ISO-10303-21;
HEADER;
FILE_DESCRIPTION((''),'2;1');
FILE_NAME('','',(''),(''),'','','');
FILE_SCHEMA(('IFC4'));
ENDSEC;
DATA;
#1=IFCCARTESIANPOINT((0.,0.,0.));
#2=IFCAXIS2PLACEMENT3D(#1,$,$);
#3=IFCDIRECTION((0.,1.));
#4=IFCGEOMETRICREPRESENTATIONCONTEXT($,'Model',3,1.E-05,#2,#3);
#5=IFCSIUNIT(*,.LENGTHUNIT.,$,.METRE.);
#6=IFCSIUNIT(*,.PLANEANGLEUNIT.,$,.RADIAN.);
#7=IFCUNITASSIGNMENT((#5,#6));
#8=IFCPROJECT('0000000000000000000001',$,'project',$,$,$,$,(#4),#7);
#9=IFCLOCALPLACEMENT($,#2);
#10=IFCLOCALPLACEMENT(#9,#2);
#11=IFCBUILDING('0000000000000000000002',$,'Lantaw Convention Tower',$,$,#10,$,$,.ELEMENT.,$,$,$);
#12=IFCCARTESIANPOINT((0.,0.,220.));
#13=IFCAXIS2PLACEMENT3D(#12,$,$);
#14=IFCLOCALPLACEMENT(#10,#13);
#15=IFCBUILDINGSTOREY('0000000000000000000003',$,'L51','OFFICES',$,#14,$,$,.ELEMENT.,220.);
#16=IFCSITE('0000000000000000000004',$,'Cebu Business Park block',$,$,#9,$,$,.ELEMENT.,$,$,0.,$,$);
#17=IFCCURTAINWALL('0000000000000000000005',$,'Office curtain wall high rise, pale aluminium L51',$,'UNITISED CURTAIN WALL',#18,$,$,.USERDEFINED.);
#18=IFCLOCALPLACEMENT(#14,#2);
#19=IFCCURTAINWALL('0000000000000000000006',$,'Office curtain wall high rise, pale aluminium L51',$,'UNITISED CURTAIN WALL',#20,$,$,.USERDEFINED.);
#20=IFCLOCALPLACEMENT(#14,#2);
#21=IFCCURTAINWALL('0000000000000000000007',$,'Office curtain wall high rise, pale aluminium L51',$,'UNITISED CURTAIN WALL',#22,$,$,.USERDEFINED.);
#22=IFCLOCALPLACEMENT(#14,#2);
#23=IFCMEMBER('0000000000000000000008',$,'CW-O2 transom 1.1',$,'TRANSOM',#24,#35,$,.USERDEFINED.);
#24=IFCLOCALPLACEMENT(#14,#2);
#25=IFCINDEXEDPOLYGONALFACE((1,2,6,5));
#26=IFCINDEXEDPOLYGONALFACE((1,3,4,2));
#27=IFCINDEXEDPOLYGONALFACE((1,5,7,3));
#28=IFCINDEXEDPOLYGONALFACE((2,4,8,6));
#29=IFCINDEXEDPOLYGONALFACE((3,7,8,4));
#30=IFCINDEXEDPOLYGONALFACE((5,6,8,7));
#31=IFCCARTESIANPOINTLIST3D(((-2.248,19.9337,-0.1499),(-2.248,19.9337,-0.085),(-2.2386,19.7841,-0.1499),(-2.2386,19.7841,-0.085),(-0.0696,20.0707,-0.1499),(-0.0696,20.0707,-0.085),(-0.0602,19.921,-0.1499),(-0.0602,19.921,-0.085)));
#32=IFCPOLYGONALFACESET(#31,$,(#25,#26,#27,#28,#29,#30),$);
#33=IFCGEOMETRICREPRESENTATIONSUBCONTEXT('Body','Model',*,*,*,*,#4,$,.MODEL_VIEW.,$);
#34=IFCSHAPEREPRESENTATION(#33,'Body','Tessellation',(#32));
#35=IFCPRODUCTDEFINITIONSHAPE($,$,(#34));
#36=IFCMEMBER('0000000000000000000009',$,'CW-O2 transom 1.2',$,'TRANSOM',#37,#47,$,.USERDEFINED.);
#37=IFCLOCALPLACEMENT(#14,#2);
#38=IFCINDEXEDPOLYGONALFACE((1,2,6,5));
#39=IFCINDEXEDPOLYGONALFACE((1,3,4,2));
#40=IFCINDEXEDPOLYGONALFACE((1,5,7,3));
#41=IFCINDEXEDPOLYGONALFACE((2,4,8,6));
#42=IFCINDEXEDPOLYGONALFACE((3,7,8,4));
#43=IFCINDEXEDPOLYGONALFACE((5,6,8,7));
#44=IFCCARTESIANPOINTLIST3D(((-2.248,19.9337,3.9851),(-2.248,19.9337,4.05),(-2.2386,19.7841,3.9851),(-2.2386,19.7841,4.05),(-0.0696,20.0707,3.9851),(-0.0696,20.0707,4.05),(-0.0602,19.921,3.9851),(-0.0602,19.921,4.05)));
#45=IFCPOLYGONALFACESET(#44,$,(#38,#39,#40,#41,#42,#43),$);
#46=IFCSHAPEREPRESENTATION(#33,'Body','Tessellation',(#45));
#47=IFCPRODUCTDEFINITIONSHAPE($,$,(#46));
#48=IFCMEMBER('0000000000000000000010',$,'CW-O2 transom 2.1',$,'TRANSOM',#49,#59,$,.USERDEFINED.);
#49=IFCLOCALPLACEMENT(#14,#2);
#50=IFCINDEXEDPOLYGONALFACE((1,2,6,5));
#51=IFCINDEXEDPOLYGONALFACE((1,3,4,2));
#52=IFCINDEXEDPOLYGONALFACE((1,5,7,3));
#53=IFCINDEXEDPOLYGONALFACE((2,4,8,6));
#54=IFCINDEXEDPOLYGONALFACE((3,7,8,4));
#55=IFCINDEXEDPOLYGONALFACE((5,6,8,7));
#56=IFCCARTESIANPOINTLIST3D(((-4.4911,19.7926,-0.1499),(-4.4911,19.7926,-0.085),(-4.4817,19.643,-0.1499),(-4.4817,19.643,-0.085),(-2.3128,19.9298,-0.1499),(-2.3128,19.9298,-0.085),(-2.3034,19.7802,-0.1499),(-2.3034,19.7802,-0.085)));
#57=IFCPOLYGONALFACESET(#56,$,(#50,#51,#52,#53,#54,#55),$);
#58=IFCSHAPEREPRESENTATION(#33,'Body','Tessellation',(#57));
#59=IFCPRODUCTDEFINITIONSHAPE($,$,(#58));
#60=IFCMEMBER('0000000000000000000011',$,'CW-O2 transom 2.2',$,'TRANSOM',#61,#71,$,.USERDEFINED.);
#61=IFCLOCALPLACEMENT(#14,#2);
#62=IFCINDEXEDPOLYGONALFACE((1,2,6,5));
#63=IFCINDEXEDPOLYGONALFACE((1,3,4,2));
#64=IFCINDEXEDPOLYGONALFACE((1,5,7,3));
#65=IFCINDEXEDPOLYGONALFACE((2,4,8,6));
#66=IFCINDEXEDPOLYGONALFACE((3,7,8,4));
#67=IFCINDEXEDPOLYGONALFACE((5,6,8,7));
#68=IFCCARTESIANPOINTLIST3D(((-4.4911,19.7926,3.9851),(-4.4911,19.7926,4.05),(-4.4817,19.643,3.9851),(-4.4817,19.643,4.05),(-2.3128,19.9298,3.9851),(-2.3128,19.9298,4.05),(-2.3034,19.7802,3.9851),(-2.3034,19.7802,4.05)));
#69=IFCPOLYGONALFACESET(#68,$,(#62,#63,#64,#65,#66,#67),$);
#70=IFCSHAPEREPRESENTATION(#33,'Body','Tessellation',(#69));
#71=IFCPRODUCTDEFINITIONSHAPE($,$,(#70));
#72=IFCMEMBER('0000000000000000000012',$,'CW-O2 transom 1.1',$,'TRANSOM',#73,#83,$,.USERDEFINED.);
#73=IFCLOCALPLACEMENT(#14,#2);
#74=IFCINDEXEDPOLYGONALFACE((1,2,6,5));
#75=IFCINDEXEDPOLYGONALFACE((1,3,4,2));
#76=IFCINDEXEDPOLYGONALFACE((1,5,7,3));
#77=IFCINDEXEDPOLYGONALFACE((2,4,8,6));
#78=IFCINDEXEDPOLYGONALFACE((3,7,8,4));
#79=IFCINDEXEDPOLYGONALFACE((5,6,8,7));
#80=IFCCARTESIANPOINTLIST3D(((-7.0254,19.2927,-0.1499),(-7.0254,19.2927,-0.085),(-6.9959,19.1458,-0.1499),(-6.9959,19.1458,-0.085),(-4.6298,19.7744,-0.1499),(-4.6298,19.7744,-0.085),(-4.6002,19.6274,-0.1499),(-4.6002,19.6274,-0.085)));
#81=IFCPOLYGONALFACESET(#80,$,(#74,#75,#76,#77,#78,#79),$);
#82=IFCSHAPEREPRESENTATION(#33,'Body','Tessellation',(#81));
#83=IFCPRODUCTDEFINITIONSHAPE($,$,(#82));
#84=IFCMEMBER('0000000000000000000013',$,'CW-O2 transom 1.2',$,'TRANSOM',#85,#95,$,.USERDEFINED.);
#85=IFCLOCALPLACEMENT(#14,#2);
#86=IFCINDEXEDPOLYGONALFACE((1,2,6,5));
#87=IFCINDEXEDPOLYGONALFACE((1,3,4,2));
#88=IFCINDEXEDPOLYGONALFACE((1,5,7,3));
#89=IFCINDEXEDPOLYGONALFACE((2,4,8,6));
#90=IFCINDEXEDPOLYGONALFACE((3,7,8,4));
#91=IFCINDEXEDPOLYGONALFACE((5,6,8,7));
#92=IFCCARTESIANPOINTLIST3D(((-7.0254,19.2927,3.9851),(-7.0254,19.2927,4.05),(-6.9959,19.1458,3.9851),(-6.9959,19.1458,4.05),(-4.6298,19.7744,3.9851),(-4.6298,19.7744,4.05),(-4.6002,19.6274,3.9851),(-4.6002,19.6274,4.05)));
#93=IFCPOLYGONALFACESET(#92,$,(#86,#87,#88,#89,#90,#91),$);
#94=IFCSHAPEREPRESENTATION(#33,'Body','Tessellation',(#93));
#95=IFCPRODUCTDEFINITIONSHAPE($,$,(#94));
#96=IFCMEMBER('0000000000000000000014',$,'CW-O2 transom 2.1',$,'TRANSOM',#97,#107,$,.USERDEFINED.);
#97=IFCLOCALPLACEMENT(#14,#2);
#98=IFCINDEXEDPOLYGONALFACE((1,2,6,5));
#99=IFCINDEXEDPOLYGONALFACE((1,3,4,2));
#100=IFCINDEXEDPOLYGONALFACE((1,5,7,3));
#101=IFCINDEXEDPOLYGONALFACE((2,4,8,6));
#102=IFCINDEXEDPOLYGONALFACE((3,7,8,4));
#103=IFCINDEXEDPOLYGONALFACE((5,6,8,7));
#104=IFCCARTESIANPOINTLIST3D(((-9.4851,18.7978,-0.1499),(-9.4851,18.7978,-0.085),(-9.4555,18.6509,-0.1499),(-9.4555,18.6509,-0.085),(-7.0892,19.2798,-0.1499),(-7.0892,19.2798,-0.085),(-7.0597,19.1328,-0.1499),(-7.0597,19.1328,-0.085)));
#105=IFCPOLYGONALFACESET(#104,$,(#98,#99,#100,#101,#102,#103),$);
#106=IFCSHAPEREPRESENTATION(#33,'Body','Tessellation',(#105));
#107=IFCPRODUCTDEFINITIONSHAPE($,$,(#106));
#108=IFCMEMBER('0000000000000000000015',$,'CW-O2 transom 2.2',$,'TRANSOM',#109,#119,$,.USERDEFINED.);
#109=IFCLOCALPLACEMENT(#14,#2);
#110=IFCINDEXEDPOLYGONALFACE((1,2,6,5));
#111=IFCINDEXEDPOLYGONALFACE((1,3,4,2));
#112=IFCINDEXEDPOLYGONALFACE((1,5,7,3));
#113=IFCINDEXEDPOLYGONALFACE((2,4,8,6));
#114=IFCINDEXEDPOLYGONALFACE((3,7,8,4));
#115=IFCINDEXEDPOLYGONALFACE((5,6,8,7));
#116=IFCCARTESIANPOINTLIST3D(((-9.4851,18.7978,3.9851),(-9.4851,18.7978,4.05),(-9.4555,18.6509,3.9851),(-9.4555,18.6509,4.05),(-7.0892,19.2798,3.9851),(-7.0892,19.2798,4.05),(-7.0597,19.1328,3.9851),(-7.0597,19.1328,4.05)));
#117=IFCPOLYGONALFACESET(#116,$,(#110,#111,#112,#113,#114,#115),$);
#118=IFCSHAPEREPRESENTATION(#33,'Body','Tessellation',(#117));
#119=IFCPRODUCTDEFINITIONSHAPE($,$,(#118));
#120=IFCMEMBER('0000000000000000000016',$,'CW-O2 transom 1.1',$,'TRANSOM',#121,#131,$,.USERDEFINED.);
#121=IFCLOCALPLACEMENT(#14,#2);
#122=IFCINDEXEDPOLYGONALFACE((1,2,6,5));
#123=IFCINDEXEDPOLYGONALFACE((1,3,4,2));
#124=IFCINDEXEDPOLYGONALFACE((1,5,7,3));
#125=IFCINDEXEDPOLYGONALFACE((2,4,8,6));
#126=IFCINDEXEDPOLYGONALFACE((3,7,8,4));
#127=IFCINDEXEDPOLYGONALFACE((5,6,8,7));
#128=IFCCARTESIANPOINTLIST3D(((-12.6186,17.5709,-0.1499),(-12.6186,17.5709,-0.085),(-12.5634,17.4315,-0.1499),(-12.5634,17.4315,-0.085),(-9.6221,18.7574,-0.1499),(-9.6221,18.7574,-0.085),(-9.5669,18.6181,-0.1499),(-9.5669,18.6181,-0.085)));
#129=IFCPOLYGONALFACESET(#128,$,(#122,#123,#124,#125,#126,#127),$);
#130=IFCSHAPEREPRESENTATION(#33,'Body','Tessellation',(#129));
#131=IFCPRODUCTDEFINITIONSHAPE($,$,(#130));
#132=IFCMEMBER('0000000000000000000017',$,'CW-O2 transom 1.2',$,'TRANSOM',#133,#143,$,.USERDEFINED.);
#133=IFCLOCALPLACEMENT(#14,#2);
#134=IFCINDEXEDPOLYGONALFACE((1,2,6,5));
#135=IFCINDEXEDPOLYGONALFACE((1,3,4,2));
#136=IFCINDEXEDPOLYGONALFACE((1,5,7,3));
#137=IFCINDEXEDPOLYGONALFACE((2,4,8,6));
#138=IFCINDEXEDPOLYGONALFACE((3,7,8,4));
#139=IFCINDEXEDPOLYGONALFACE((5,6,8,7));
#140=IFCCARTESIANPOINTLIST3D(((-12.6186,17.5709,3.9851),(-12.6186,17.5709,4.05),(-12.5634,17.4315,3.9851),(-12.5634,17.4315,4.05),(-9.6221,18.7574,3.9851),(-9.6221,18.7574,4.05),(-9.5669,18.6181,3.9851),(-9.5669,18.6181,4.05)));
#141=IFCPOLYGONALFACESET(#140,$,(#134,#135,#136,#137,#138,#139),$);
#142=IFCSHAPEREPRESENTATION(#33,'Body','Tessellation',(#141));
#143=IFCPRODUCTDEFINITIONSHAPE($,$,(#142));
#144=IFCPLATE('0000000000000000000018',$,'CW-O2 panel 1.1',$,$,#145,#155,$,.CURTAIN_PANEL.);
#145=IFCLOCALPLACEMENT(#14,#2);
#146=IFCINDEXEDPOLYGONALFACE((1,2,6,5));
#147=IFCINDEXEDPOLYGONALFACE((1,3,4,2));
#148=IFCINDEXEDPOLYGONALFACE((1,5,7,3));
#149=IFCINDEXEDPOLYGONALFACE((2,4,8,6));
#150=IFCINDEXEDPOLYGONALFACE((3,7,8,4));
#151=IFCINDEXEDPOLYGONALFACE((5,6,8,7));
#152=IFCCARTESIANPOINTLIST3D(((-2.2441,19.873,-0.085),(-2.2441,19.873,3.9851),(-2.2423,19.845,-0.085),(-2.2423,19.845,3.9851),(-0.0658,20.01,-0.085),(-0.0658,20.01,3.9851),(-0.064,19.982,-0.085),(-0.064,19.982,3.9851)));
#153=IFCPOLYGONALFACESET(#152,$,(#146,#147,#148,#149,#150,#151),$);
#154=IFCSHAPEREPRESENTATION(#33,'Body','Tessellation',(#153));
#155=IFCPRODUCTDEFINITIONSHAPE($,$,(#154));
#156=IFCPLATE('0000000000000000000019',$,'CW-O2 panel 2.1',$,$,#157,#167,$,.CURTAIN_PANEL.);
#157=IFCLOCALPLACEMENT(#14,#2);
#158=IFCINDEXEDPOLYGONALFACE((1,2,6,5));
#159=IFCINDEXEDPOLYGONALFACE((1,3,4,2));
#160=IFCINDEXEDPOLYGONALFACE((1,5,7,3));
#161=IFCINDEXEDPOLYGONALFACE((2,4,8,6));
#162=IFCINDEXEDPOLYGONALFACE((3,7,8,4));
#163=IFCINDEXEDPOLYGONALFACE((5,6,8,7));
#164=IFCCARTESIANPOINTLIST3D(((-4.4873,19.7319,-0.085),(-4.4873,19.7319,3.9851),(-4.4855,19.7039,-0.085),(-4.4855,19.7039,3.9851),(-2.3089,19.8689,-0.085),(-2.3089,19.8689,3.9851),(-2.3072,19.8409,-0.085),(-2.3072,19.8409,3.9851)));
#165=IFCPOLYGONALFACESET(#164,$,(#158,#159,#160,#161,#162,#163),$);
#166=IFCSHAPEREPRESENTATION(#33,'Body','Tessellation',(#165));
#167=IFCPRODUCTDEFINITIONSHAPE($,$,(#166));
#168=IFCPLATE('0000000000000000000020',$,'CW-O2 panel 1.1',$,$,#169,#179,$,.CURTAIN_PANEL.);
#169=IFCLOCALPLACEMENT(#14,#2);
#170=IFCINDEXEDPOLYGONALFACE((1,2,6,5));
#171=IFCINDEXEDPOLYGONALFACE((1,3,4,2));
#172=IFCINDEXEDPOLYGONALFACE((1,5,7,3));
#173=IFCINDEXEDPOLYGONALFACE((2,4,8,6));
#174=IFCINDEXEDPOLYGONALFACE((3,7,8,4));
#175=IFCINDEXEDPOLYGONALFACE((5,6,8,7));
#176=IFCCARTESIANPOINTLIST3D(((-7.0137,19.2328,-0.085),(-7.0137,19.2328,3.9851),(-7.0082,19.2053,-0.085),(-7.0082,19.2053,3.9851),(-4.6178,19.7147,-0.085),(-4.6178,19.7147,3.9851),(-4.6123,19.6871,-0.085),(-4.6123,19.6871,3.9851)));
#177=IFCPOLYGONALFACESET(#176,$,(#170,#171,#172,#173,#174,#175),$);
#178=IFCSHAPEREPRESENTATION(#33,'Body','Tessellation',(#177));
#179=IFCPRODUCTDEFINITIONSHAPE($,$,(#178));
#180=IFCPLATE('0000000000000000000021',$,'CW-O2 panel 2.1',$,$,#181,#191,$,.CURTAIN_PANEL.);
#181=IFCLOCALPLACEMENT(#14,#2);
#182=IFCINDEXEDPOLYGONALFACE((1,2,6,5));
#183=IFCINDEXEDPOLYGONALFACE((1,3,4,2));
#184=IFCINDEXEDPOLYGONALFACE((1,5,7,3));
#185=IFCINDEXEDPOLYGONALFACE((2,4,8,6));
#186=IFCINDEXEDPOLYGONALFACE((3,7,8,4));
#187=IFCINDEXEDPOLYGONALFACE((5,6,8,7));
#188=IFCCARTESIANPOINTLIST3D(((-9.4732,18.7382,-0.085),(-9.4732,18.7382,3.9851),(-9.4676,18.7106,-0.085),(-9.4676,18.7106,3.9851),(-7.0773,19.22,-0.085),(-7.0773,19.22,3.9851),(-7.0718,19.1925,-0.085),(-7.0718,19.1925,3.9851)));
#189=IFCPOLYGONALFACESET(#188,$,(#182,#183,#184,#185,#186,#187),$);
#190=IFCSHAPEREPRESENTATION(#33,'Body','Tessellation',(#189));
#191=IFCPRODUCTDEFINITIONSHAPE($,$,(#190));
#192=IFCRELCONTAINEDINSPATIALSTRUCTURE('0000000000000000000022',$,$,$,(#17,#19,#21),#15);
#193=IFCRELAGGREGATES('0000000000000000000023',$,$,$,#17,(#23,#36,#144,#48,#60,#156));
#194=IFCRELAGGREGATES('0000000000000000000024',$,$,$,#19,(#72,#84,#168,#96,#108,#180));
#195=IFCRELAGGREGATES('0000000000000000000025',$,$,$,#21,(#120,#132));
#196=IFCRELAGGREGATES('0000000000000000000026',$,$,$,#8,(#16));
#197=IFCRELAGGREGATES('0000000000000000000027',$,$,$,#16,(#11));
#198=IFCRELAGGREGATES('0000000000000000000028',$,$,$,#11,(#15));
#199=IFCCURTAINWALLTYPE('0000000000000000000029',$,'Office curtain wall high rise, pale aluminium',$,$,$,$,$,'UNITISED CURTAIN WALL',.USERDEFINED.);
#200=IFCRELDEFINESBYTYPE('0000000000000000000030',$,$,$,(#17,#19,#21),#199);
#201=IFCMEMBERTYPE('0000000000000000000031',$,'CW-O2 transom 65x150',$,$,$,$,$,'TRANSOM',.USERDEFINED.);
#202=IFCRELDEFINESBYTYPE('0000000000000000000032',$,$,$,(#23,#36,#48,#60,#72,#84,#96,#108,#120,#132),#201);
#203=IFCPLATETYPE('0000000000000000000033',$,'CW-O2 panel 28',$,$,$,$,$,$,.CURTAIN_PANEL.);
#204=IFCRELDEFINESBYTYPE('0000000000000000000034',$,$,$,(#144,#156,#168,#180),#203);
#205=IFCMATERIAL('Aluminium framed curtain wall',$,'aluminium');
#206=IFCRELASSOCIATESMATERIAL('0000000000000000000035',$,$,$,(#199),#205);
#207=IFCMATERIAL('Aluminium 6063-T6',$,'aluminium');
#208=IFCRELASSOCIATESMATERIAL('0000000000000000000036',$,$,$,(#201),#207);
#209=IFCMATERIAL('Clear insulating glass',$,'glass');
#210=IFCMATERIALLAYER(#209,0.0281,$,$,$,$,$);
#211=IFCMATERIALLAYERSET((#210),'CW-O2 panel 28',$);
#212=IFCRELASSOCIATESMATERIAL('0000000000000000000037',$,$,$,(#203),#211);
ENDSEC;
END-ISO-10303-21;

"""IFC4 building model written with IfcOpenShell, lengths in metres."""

from ifc_helpers import new_model, si_unit, direction, frame, origin, origin_2d, place, context, subcontext, project, spatial, rectangle, extrude, material, layer, layer_set, material_profile, profile_set, type_object, element, aggregate, save


model = new_model("IFC4")

# Units and contexts
model_context = context("Model", 3, precision=1e-05, world=origin(), true_north=direction((0.0, 1.0)))
body_context = subcontext(model_context, "Body", "Model", "MODEL_VIEW")
ifc_project = project(units=[si_unit("LENGTHUNIT", "METRE"), si_unit("PLANEANGLEUNIT", "RADIAN")], contexts=[model_context])

# Site, building, storey
site_placement = place(None, origin())
site = spatial("IfcSite", under=ifc_project, at=site_placement, Name="Cebu Business Park block", CompositionType="ELEMENT", RefElevation=0.0)
building_placement = place(site_placement, origin())
building = spatial("IfcBuilding", under=site, at=building_placement, Name="Lantaw Convention Tower", CompositionType="ELEMENT")
storey_placement = place(building_placement, frame((0.0, 0.0, 220.0)))
storey = spatial("IfcBuildingStorey", under=building, at=storey_placement, Name="L51", Description="OFFICES", CompositionType="ELEMENT", Elevation=220.0)

# Curtain walls
ifc_material_1 = material(Name="Aluminium framed curtain wall", Category="aluminium")
curtain_wall_type = type_object("IfcCurtainWallType", Name="Office curtain wall high rise, pale aluminium", ElementType="UNITISED CURTAIN WALL", PredefinedType="USERDEFINED", material=ifc_material_1)
curtain_wall_1_placement = place(storey_placement, origin())
curtain_wall_1 = element("IfcCurtainWall", 1, at=curtain_wall_1_placement, inside=storey, type_object=curtain_wall_type, Name="Office curtain wall high rise, pale aluminium L51", ObjectType="UNITISED CURTAIN WALL", PredefinedType="USERDEFINED")
ifc_material_2 = material(Name="Aluminium 6063-T6", Category="aluminium")
curtain_wall_2_placement = place(storey_placement, origin())
curtain_wall_2 = element("IfcCurtainWall", 2, at=curtain_wall_2_placement, inside=storey, type_object=curtain_wall_type, Name="Office curtain wall high rise, pale aluminium L51", ObjectType="UNITISED CURTAIN WALL", PredefinedType="USERDEFINED")

# Curtain wall
curtain_wall_3_placement = place(storey_placement, origin())
curtain_wall_3 = element("IfcCurtainWall", 3, at=curtain_wall_3_placement, inside=storey, type_object=curtain_wall_type, Name="Office curtain wall high rise, pale aluminium L51", ObjectType="UNITISED CURTAIN WALL", PredefinedType="USERDEFINED")

# Members
ifc_material_profile_1 = material_profile(ifc_material_2, rectangle(XDim=0.1499, YDim=0.0649, at=origin_2d()), Name="CW-O2 transom 65x150")
ifc_profile_set_1 = profile_set([ifc_material_profile_1], Name="Aluminium 6063-T6")
member_type_1 = type_object("IfcMemberType", Name="CW-O2 transom 65x150", ElementType="TRANSOM", PredefinedType="USERDEFINED", material=ifc_profile_set_1)
member_1_placement = place(storey_placement, frame((-0.0649, 19.9958, -0.1174), z_axis=(-0.998029, -0.062754, 0.0), x_axis=(0.062754, -0.998029, 0.0)))
member_1 = element("IfcMember", 4, at=member_1_placement, type_object=member_type_1, Name="CW-O2 transom 1.1", ObjectType="TRANSOM", PredefinedType="USERDEFINED", context=body_context, shape_type="SweptSolid", body=[
    extrude(rectangle(XDim=0.1499, YDim=0.0649, at=origin_2d()), origin(), (0.0, 0.0, 1.0), 2.1826),
])
member_2_placement = place(storey_placement, frame((-0.0649, 19.9958, 4.0176), z_axis=(-0.998029, -0.062754, 0.0), x_axis=(0.062754, -0.998029, 0.0)))
member_2 = element("IfcMember", 5, at=member_2_placement, type_object=member_type_1, Name="CW-O2 transom 1.2", ObjectType="TRANSOM", PredefinedType="USERDEFINED", context=body_context, shape_type="SweptSolid", body=[
    extrude(rectangle(XDim=0.1499, YDim=0.0649, at=origin_2d()), origin(), (0.0, 0.0, 1.0), 2.1826),
])
member_3_placement = place(storey_placement, frame((-2.3081, 19.855, -0.1174), z_axis=(-0.998022, -0.062866, 0.0), x_axis=(0.062866, -0.998022, 0.0)))
member_3 = element("IfcMember", 6, at=member_3_placement, type_object=member_type_1, Name="CW-O2 transom 2.1", ObjectType="TRANSOM", PredefinedType="USERDEFINED", context=body_context, shape_type="SweptSolid", body=[
    extrude(rectangle(XDim=0.1499, YDim=0.0649, at=origin_2d()), origin(), (0.0, 0.0, 1.0), 2.1826),
])
member_4_placement = place(storey_placement, frame((-2.3081, 19.855, 4.0176), z_axis=(-0.998022, -0.062866, 0.0), x_axis=(0.062866, -0.998022, 0.0)))
member_4 = element("IfcMember", 7, at=member_4_placement, type_object=member_type_1, Name="CW-O2 transom 2.2", ObjectType="TRANSOM", PredefinedType="USERDEFINED", context=body_context, shape_type="SweptSolid", body=[
    extrude(rectangle(XDim=0.1499, YDim=0.0649, at=origin_2d()), origin(), (0.0, 0.0, 1.0), 2.1826),
])
member_5_placement = place(storey_placement, frame((-4.615, 19.7009, -0.1174), z_axis=(-0.98038, -0.197115, 0.0), x_axis=(0.197115, -0.98038, 0.0)))
member_5 = element("IfcMember", 8, at=member_5_placement, type_object=member_type_1, Name="CW-O2 transom 1.1", ObjectType="TRANSOM", PredefinedType="USERDEFINED", context=body_context, shape_type="SweptSolid", body=[
    extrude(rectangle(XDim=0.1499, YDim=0.0649, at=origin_2d()), origin(), (0.0, 0.0, 1.0), 2.4436),
])
member_6_placement = place(storey_placement, frame((-4.615, 19.7009, 4.0176), z_axis=(-0.98038, -0.197115, 0.0), x_axis=(0.197115, -0.98038, 0.0)))
member_6 = element("IfcMember", 9, at=member_6_placement, type_object=member_type_1, Name="CW-O2 transom 1.2", ObjectType="TRANSOM", PredefinedType="USERDEFINED", context=body_context, shape_type="SweptSolid", body=[
    extrude(rectangle(XDim=0.1499, YDim=0.0649, at=origin_2d()), origin(), (0.0, 0.0, 1.0), 2.4436),
])
member_7_placement = place(storey_placement, frame((-7.0745, 19.2063, -0.1174), z_axis=(-0.980361, -0.197211, 0.0), x_axis=(0.197211, -0.980361, 0.0)))
member_7 = element("IfcMember", 10, at=member_7_placement, type_object=member_type_1, Name="CW-O2 transom 2.1", ObjectType="TRANSOM", PredefinedType="USERDEFINED", context=body_context, shape_type="SweptSolid", body=[
    extrude(rectangle(XDim=0.1499, YDim=0.0649, at=origin_2d()), origin(), (0.0, 0.0, 1.0), 2.4438),
])
member_8_placement = place(storey_placement, frame((-7.0745, 19.2063, 4.0176), z_axis=(-0.980361, -0.197211, 0.0), x_axis=(0.197211, -0.980361, 0.0)))
member_8 = element("IfcMember", 11, at=member_8_placement, type_object=member_type_1, Name="CW-O2 transom 2.2", ObjectType="TRANSOM", PredefinedType="USERDEFINED", context=body_context, shape_type="SweptSolid", body=[
    extrude(rectangle(XDim=0.1499, YDim=0.0649, at=origin_2d()), origin(), (0.0, 0.0, 1.0), 2.4438),
])
member_9_placement = place(storey_placement, frame((-9.5945, 18.6877, -0.1174), z_axis=(-0.929767, -0.368149, 0.0), x_axis=(0.368149, -0.929767, 0.0)))
member_9 = element("IfcMember", 12, at=member_9_placement, type_object=member_type_1, Name="CW-O2 transom 1.1", ObjectType="TRANSOM", PredefinedType="USERDEFINED", context=body_context, shape_type="SweptSolid", body=[
    extrude(rectangle(XDim=0.1499, YDim=0.0649, at=origin_2d()), origin(), (0.0, 0.0, 1.0), 3.2229),
])
member_10_placement = place(storey_placement, frame((-9.5945, 18.6877, 4.0176), z_axis=(-0.929767, -0.368149, 0.0), x_axis=(0.368149, -0.929767, 0.0)))
member_10 = element("IfcMember", 13, at=member_10_placement, type_object=member_type_1, Name="CW-O2 transom 1.2", ObjectType="TRANSOM", PredefinedType="USERDEFINED", context=body_context, shape_type="SweptSolid", body=[
    extrude(rectangle(XDim=0.1499, YDim=0.0649, at=origin_2d()), origin(), (0.0, 0.0, 1.0), 3.2229),
])

# Plates
ifc_material_3 = material(Name="Clear insulating glass", Category="glass")
ifc_layer_1 = layer(ifc_material_3, 0.0281)
ifc_layer_set_1 = layer_set([ifc_layer_1], Name="CW-O2 panel 28")
plate_type_1 = type_object("IfcPlateType", Name="CW-O2 panel 28", PredefinedType="CURTAIN_PANEL", material=ifc_layer_set_1)
plate_1_placement = place(storey_placement, frame((-1.1541, 19.9275, -0.085), z_axis=(0.0, 0.0, 1.0), x_axis=(-0.998029, -0.062758, 0.0)))
plate_1 = element("IfcPlate", 14, at=plate_1_placement, type_object=plate_type_1, Name="CW-O2 panel 1.1", PredefinedType="CURTAIN_PANEL", context=body_context, shape_type="SweptSolid", body=[
    extrude(rectangle(XDim=2.1826, YDim=0.0281, at=origin_2d()), origin(), (0.0, 0.0, 1.0), 4.0701),
])
plate_2_placement = place(storey_placement, frame((-3.3972, 19.7864, -0.085), z_axis=(0.0, 0.0, 1.0), x_axis=(-0.998029, -0.062758, 0.0)))
plate_2 = element("IfcPlate", 15, at=plate_2_placement, type_object=plate_type_1, Name="CW-O2 panel 2.1", PredefinedType="CURTAIN_PANEL", context=body_context, shape_type="SweptSolid", body=[
    extrude(rectangle(XDim=2.1826, YDim=0.0281, at=origin_2d()), origin(), (0.0, 0.0, 1.0), 4.0701),
])
aggregate(curtain_wall_1, [member_1, member_2, plate_1, member_3, member_4, plate_2])
plate_3_placement = place(storey_placement, frame((-5.813, 19.46, -0.085), z_axis=(0.0, 0.0, 1.0), x_axis=(-0.980367, -0.197183, 0.0)))
plate_3 = element("IfcPlate", 16, at=plate_3_placement, type_object=plate_type_1, Name="CW-O2 panel 1.1", PredefinedType="CURTAIN_PANEL", context=body_context, shape_type="SweptSolid", body=[
    extrude(rectangle(XDim=2.4438, YDim=0.0281, at=origin_2d()), origin(), (0.0, 0.0, 1.0), 4.0701),
])
plate_4_placement = place(storey_placement, frame((-8.2725, 18.9653, -0.085), z_axis=(0.0, 0.0, 1.0), x_axis=(-0.980367, -0.197183, 0.0)))
plate_4 = element("IfcPlate", 17, at=plate_4_placement, type_object=plate_type_1, Name="CW-O2 panel 2.1", PredefinedType="CURTAIN_PANEL", context=body_context, shape_type="SweptSolid", body=[
    extrude(rectangle(XDim=2.4438, YDim=0.0281, at=origin_2d()), origin(), (0.0, 0.0, 1.0), 4.0701),
])
aggregate(curtain_wall_2, [member_5, member_6, plate_3, member_7, member_8, plate_4])
aggregate(curtain_wall_3, [member_9, member_10])

save(model, "model.ifc")
